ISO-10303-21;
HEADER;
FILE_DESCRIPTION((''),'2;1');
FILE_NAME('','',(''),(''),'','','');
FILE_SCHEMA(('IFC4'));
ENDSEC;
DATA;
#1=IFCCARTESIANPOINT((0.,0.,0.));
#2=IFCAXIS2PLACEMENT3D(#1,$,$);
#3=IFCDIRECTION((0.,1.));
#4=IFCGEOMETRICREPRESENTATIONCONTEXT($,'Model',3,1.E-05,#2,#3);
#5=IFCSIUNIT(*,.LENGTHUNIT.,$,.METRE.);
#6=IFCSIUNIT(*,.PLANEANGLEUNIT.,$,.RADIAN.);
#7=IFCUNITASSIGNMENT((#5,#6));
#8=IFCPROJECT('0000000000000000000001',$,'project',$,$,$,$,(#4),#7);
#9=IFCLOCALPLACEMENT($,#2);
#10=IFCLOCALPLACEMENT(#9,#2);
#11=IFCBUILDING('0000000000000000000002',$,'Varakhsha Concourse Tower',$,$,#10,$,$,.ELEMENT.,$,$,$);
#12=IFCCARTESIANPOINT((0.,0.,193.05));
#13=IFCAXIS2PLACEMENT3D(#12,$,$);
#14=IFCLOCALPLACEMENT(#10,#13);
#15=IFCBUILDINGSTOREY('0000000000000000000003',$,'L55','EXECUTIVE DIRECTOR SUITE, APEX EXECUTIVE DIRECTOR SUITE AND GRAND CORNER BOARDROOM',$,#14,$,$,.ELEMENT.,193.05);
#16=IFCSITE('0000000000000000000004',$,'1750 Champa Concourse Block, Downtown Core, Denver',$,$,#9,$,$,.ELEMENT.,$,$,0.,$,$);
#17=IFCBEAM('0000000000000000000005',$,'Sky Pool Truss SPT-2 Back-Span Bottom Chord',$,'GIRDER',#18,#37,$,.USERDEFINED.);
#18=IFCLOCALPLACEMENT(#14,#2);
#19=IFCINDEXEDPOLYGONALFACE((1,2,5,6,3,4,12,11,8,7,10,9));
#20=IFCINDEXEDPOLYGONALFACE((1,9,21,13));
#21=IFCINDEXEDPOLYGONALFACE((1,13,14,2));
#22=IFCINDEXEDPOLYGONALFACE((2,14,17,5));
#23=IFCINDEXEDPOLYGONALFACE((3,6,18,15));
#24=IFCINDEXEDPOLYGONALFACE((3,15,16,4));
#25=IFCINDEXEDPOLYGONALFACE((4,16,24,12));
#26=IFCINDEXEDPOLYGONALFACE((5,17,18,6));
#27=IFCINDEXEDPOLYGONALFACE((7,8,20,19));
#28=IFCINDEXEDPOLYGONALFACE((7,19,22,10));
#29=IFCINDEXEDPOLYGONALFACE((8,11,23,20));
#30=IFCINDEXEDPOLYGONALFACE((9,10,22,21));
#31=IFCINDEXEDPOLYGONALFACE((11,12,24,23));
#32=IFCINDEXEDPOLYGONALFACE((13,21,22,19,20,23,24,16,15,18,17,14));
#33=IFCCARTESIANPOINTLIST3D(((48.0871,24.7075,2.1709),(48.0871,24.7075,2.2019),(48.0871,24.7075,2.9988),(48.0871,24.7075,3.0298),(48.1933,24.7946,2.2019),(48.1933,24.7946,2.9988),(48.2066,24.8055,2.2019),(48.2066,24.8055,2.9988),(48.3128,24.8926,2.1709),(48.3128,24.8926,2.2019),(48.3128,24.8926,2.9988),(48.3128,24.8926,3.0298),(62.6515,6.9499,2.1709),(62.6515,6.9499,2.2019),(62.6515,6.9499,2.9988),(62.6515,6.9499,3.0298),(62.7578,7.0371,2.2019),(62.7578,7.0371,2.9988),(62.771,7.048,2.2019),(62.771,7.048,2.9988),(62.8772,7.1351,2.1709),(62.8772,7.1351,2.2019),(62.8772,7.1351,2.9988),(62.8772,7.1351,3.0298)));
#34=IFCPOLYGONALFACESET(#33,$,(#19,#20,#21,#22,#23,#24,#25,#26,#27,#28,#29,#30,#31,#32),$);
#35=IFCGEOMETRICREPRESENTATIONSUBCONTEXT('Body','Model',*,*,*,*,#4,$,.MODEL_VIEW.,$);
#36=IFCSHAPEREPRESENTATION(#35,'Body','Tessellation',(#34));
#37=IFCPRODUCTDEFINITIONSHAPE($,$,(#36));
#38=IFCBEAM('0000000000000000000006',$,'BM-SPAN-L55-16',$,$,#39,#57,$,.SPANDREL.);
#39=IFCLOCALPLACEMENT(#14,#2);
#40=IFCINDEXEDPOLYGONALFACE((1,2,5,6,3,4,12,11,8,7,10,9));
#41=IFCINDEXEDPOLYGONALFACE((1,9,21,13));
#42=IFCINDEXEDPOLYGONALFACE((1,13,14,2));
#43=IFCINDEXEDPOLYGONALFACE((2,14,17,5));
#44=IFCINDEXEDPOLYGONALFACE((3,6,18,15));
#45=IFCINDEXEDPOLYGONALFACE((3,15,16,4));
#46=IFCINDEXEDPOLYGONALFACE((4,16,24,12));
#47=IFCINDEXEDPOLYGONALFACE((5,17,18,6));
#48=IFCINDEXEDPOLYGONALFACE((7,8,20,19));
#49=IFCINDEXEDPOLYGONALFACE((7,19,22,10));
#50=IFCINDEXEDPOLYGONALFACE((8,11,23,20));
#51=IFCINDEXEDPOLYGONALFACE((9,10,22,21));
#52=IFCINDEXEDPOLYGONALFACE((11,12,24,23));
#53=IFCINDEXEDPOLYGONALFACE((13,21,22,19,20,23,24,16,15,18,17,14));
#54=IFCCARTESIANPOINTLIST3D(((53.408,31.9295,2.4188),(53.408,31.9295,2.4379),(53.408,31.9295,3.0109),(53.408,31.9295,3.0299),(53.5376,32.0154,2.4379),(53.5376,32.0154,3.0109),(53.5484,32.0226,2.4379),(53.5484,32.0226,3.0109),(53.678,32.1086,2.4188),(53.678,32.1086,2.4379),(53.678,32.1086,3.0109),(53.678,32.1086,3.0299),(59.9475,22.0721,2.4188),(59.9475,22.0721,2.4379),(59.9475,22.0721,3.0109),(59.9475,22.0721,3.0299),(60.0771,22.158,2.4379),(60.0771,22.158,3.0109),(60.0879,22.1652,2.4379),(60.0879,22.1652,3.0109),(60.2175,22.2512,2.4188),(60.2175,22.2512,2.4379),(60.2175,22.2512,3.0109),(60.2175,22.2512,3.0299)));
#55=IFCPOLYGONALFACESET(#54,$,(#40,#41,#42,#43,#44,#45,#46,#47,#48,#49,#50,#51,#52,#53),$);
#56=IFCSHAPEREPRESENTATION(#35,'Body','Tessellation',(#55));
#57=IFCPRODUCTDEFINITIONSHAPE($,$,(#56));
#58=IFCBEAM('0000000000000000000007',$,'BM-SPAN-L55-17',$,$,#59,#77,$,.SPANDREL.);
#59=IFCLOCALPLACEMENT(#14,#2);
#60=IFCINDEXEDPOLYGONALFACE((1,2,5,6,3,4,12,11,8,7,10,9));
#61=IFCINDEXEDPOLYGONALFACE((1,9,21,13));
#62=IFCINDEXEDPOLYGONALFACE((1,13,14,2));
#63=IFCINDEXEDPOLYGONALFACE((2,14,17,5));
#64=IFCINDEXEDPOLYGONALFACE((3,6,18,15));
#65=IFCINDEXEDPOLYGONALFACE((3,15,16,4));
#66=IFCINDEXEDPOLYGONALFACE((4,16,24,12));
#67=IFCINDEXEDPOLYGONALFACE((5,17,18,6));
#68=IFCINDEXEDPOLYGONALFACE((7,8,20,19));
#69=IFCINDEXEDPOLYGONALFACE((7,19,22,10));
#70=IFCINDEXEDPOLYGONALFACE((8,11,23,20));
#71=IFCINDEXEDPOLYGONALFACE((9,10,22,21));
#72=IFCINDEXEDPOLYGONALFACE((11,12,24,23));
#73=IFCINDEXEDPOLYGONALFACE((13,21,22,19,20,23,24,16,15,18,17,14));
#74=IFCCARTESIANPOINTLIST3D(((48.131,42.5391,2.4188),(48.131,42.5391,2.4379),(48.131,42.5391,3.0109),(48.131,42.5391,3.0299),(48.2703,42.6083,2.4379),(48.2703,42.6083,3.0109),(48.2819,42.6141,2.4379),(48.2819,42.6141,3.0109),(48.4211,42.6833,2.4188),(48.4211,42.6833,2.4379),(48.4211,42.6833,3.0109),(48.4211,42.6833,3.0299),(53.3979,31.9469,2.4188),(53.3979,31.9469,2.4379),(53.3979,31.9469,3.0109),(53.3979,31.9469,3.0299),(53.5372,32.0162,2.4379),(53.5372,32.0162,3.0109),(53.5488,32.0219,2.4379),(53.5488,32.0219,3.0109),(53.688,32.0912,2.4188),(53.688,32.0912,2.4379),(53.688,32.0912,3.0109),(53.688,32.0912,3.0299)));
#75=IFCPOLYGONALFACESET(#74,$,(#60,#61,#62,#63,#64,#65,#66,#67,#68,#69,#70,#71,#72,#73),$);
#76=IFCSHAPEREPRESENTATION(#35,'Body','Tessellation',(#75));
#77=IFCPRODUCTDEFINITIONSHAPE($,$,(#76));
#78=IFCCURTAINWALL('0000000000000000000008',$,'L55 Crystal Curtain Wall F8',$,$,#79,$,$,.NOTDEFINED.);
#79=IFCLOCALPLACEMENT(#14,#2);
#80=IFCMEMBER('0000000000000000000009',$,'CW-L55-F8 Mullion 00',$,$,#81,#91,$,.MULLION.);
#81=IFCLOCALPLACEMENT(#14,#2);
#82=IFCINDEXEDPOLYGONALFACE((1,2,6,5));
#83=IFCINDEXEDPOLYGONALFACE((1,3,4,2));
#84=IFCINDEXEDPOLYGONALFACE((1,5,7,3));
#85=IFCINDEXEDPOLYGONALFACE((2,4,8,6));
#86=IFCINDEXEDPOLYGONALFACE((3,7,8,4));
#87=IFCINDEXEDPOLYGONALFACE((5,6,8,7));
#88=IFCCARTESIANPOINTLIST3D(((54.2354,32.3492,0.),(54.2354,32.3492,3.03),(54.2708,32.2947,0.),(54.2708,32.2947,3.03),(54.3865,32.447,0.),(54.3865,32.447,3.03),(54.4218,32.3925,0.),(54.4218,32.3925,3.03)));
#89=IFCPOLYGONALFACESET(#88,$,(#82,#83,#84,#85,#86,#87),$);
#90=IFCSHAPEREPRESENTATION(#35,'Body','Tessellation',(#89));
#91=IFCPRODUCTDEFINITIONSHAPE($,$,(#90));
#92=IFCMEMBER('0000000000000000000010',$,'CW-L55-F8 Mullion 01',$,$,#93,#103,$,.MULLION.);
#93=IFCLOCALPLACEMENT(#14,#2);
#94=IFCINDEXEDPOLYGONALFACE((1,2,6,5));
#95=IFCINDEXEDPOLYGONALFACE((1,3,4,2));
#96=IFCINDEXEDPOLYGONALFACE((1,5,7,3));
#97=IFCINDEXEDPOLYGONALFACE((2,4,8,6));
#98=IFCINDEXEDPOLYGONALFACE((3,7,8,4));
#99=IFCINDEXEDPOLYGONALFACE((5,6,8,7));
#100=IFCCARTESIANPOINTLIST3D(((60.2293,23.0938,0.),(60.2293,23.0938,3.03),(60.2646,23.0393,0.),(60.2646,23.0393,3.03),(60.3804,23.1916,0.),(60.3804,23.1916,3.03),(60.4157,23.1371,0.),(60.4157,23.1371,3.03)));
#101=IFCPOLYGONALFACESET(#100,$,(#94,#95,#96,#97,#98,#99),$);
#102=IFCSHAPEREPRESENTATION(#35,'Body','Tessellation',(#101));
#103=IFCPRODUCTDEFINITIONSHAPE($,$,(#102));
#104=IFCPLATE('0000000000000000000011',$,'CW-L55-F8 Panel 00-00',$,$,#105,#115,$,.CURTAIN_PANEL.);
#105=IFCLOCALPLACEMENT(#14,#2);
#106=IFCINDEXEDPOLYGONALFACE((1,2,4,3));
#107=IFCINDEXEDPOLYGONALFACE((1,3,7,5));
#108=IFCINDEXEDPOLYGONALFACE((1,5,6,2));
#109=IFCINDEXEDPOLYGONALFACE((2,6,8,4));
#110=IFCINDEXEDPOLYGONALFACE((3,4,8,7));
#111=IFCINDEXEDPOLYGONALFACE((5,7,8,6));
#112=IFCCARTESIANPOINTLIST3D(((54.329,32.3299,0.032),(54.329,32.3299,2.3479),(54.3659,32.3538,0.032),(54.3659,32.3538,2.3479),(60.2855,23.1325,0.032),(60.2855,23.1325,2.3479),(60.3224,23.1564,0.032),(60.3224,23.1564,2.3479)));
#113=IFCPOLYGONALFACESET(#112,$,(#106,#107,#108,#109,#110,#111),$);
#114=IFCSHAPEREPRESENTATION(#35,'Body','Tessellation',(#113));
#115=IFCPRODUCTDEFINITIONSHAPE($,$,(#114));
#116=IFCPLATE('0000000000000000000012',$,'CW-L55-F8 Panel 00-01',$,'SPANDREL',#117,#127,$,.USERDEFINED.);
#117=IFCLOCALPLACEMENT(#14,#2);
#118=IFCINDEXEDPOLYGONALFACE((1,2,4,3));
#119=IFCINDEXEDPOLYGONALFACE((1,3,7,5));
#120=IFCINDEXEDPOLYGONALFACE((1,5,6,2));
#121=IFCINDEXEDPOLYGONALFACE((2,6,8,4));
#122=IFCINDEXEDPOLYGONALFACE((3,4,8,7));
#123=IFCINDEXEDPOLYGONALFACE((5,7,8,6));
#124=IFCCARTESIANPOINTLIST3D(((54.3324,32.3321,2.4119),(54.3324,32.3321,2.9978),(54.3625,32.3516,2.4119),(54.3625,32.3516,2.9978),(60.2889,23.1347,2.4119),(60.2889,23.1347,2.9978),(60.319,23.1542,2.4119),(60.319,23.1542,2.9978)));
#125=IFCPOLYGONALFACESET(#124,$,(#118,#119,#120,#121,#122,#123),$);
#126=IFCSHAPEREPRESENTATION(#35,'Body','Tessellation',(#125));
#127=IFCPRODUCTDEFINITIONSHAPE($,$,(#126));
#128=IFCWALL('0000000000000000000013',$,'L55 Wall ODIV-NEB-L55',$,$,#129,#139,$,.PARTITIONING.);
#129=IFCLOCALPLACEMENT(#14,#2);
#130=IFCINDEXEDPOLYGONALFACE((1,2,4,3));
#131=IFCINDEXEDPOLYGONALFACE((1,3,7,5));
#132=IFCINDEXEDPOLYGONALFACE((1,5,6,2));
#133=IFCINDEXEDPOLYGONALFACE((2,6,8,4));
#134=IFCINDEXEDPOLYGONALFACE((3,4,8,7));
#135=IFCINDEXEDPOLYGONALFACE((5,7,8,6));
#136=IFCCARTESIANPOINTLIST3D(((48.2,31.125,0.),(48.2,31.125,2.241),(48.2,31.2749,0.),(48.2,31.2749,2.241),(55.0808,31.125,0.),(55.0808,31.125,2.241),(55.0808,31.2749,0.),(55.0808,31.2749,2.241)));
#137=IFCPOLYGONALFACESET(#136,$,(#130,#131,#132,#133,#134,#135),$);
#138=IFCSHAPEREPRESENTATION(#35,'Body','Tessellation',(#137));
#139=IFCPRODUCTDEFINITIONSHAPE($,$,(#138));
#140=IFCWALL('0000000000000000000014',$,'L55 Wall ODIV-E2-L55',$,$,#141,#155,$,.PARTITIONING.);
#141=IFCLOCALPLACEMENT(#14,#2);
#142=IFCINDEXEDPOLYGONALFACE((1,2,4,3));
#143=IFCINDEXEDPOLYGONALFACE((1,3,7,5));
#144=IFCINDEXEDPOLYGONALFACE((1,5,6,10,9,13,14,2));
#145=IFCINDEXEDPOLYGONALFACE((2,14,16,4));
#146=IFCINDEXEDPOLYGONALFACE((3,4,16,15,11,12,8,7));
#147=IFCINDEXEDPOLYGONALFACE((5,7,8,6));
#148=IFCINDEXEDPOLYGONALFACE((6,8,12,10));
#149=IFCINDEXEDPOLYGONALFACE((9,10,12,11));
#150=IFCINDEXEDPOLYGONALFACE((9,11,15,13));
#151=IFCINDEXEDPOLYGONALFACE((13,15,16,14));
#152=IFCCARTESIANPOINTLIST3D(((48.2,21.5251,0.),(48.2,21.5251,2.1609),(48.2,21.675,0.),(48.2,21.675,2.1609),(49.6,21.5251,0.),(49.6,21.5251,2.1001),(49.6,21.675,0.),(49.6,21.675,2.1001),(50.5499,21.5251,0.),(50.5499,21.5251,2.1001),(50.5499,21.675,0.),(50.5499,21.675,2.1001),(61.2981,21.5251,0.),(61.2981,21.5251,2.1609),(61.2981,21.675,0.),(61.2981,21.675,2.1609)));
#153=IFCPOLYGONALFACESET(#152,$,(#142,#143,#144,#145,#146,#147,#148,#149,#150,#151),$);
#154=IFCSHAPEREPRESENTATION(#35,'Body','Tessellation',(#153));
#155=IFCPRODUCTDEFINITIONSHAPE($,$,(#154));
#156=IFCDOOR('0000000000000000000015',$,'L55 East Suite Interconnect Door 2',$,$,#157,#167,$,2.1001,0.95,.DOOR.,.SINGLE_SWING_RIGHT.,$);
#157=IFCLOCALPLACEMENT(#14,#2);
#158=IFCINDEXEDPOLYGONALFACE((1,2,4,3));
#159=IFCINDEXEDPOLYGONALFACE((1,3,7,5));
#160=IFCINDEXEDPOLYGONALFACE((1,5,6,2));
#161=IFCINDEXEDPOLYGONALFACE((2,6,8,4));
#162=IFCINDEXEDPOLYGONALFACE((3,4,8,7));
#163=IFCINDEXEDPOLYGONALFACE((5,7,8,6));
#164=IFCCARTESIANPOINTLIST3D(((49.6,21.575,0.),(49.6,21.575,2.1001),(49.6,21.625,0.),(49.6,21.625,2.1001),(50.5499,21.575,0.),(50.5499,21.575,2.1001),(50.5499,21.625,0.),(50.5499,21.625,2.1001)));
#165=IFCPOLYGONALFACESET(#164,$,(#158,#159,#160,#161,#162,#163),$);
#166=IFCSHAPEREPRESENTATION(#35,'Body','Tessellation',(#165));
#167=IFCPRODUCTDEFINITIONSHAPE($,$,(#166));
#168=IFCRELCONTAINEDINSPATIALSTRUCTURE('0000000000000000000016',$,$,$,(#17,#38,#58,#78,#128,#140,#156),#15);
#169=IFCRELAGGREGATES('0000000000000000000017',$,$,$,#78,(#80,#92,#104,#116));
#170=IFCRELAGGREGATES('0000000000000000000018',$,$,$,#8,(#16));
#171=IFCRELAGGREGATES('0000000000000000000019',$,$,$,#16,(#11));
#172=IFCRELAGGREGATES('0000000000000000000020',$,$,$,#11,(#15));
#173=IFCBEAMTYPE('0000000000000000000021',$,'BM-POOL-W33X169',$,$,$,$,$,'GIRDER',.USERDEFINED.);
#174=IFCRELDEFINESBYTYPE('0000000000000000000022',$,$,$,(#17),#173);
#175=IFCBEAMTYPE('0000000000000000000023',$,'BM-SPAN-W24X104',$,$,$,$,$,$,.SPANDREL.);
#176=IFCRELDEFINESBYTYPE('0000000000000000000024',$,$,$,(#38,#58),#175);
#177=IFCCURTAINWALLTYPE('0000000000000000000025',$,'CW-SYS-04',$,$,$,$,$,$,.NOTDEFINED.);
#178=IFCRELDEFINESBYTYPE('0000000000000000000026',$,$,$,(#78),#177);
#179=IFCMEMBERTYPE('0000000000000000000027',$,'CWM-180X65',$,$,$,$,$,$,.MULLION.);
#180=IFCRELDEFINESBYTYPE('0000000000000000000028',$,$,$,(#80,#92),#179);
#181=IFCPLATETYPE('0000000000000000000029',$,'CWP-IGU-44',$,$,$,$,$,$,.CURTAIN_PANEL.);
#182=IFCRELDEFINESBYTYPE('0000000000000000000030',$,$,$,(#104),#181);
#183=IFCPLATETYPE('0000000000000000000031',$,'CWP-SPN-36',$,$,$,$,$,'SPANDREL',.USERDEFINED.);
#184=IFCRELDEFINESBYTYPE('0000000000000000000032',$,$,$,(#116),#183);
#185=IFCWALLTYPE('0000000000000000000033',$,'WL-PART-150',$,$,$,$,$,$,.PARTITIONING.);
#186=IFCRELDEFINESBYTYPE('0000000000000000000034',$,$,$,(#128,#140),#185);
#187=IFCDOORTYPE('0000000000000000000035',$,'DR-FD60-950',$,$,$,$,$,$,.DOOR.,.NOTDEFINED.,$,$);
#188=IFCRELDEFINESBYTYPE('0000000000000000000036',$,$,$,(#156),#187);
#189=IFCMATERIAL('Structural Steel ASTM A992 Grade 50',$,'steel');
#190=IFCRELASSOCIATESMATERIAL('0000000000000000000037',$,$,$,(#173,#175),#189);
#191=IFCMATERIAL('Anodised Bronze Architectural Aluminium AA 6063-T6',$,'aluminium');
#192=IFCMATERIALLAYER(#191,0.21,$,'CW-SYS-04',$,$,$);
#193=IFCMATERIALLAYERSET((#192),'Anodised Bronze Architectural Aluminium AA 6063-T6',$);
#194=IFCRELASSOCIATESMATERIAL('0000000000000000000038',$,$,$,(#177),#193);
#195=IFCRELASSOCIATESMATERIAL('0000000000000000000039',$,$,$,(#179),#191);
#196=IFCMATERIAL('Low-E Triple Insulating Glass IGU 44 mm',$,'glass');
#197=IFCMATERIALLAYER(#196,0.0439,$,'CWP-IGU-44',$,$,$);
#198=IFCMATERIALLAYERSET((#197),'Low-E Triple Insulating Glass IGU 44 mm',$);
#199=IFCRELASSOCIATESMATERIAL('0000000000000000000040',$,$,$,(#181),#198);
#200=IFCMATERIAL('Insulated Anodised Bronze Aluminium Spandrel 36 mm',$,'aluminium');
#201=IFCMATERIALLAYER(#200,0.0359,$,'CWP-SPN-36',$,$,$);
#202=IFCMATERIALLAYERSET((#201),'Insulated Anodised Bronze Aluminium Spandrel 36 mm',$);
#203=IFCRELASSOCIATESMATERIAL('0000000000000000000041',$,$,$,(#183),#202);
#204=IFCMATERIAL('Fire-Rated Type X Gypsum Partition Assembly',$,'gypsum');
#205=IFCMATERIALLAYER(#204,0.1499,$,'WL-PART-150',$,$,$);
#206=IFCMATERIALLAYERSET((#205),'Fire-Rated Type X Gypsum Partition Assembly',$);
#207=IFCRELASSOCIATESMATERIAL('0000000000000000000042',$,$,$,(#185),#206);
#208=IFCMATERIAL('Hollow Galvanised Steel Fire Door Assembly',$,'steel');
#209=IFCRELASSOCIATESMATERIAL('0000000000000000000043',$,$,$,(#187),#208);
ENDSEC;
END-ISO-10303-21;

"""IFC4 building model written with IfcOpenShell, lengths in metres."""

from ifc_helpers import new_model, si_unit, direction, frame, frame_2d, origin, origin_2d, place, context, subcontext, project, spatial, rectangle, i_section, extrude, source, transform, mapped, material, layer, layer_set, material_profile, profile_set, type_object, type_shapes, element, fill, aggregate, save


model = new_model("IFC4")

# Units and contexts
model_context = context("Model", 3, precision=1e-05, world=origin(), true_north=direction((0.0, 1.0)))
body_context = subcontext(model_context, "Body", "Model", "MODEL_VIEW")
ifc_project = project(units=[si_unit("LENGTHUNIT", "METRE"), si_unit("PLANEANGLEUNIT", "RADIAN")], contexts=[model_context])

# Site, building, storey
site_placement = place(None, origin())
site = spatial("IfcSite", under=ifc_project, at=site_placement, Name="1750 Champa Concourse Block, Downtown Core, Denver", CompositionType="ELEMENT", RefElevation=0.0)
building_placement = place(site_placement, origin())
building = spatial("IfcBuilding", under=site, at=building_placement, Name="Varakhsha Concourse Tower", CompositionType="ELEMENT")
storey_placement = place(building_placement, frame((0.0, 0.0, 193.05)))
storey = spatial("IfcBuildingStorey", under=building, at=storey_placement, Name="L55", Description="EXECUTIVE DIRECTOR SUITE, APEX EXECUTIVE DIRECTOR SUITE AND GRAND CORNER BOARDROOM", CompositionType="ELEMENT", Elevation=193.05)

# Shared definitions
ifc_material_1 = material(Name="Structural Steel ASTM A992 Grade 50", Category="steel")

# Beams
ifc_material_profile_1 = material_profile(ifc_material_1, i_section(OverallWidth=0.292, OverallDepth=0.8589, WebThickness=0.0171, FlangeThickness=0.031, at=origin_2d()), Name="W33X169")
ifc_profile_set_1 = profile_set([ifc_material_profile_1], Name="Structural Steel ASTM A992 Grade 50")
beam_type_1 = type_object("IfcBeamType", Name="BM-POOL-W33X169", ElementType="GIRDER", PredefinedType="USERDEFINED", material=ifc_profile_set_1)
beam_1_placement = place(storey_placement, frame((48.2, 24.8, 2.6003), z_axis=(0.634164, -0.773198, 0.0), x_axis=(0.773198, 0.634164, 0.0)))
element("IfcBeam", 1, at=beam_1_placement, inside=storey, type_object=beam_type_1, Name="Sky Pool Truss SPT-2 Back-Span Bottom Chord", ObjectType="GIRDER", PredefinedType="USERDEFINED", context=body_context, shape_type="SweptSolid", body=[
    extrude(i_section(OverallWidth=0.292, OverallDepth=0.8589, WebThickness=0.0171, FlangeThickness=0.031, at=origin_2d()), origin(), (0.0, 0.0, 1.0), 22.9663),
])
ifc_material_profile_2 = material_profile(ifc_material_1, i_section(OverallWidth=0.324, OverallDepth=0.6111, WebThickness=0.0129, FlangeThickness=0.019, at=origin_2d()), Name="W24X104")
ifc_profile_set_2 = profile_set([ifc_material_profile_2], Name="Structural Steel ASTM A992 Grade 50")
beam_type_2 = type_object("IfcBeamType", Name="BM-SPAN-W24X104", PredefinedType="SPANDREL", material=ifc_profile_set_2)
for number, where, z_axis, x_axis, name in (
    (2, (60.0825, 22.1616, 2.7244), (-0.552822, 0.833299, 0.0), (-0.833299, -0.552822, 0.0), "BM-SPAN-L55-16"),
    (3, (53.543, 32.019, 2.7244), (-0.445239, 0.895412, 0.0), (-0.895412, -0.445239, 0.0), "BM-SPAN-L55-17"),
):
    element("IfcBeam", number, at=place(storey_placement, frame(where, z_axis=z_axis, x_axis=x_axis)), inside=storey, type_object=beam_type_2, Name=name, PredefinedType="SPANDREL", context=body_context, shape_type="SweptSolid", body=[
        extrude(i_section(OverallWidth=0.324, OverallDepth=0.6111, WebThickness=0.0129, FlangeThickness=0.019, at=origin_2d()), origin(), (0.0, 0.0, 1.0), 11.8293),
    ])

# Curtain wall, members, plates
ifc_material_2 = material(Name="Anodised Bronze Architectural Aluminium AA 6063-T6", Category="aluminium")
ifc_layer_1 = layer(ifc_material_2, 0.21, Name="CW-SYS-04")
ifc_layer_set_1 = layer_set([ifc_layer_1], Name="Anodised Bronze Architectural Aluminium AA 6063-T6")
curtain_wall_type = type_object("IfcCurtainWallType", Name="CW-SYS-04", PredefinedType="NOTDEFINED", material=ifc_layer_set_1)
curtain_wall_placement = place(storey_placement, origin())
curtain_wall = element("IfcCurtainWall", 4, at=curtain_wall_placement, inside=storey, type_object=curtain_wall_type, Name="L55 Crystal Curtain Wall F8", PredefinedType="NOTDEFINED")
ifc_material_profile_3 = material_profile(ifc_material_2, rectangle(XDim=0.0649, YDim=0.1799, at=origin_2d()), Name="CWM-180X65")
ifc_profile_set_3 = profile_set([ifc_material_profile_3], Name="Anodised Bronze Architectural Aluminium AA 6063-T6")
member_type = type_object("IfcMemberType", Name="CWM-180X65", PredefinedType="MULLION", material=ifc_profile_set_3)
shared_shape_1 = source(origin(), body_context, "Body", "SweptSolid", [
    extrude(rectangle(XDim=0.0649, YDim=0.1799, at=origin_2d()), origin(), (0.0, 0.0, 1.0), 3.03),
])
type_shapes(member_type, [shared_shape_1])
member_1_placement = place(storey_placement, frame((54.3286, 32.3708, 0.0), z_axis=(0.0, 0.0, 1.0), x_axis=(0.543588, -0.839352, 0.0)))
member_1 = element("IfcMember", 5, at=member_1_placement, type_object=member_type, Name="CW-L55-F8 Mullion 00", PredefinedType="MULLION", context=body_context, shape_type="MappedRepresentation", body=[
    mapped(shared_shape_1, transform((0.0, 0.0, 0.0), scale=1.0)),
])
member_2_placement = place(storey_placement, frame((60.3225, 23.1155, 0.0), z_axis=(0.0, 0.0, 1.0), x_axis=(0.543588, -0.839352, 0.0)))
member_2 = element("IfcMember", 6, at=member_2_placement, type_object=member_type, Name="CW-L55-F8 Mullion 01", PredefinedType="MULLION", context=body_context, shape_type="MappedRepresentation", body=[
    mapped(shared_shape_1, transform((0.0, 0.0, 0.0), scale=1.0)),
])
ifc_material_3 = material(Name="Low-E Triple Insulating Glass IGU 44 mm", Category="glass")
ifc_layer_2 = layer(ifc_material_3, 0.0439, Name="CWP-IGU-44")
ifc_layer_set_2 = layer_set([ifc_layer_2], Name="Low-E Triple Insulating Glass IGU 44 mm")
plate_type_1 = type_object("IfcPlateType", Name="CWP-IGU-44", PredefinedType="CURTAIN_PANEL", material=ifc_layer_set_2)
shared_shape_2 = source(origin(), body_context, "Body", "SweptSolid", [
    extrude(rectangle(XDim=10.9578, YDim=0.0439, at=origin_2d()), origin(), (0.0, 0.0, 1.0), 2.3159),
])
type_shapes(plate_type_1, [shared_shape_2])
plate_1_placement = place(storey_placement, frame((57.3257, 27.7432, 0.032), z_axis=(0.0, 0.0, 1.0), x_axis=(0.543588, -0.839352, 0.0)))
plate_1 = element("IfcPlate", 7, at=plate_1_placement, type_object=plate_type_1, Name="CW-L55-F8 Panel 00-00", PredefinedType="CURTAIN_PANEL", context=body_context, shape_type="MappedRepresentation", body=[
    mapped(shared_shape_2, transform((0.0, 0.0, 0.0), scale=1.0)),
])
ifc_material_4 = material(Name="Insulated Anodised Bronze Aluminium Spandrel 36 mm", Category="aluminium")
ifc_layer_3 = layer(ifc_material_4, 0.0359, Name="CWP-SPN-36")
ifc_layer_set_3 = layer_set([ifc_layer_3], Name="Insulated Anodised Bronze Aluminium Spandrel 36 mm")
plate_type_2 = type_object("IfcPlateType", Name="CWP-SPN-36", ElementType="SPANDREL", PredefinedType="USERDEFINED", material=ifc_layer_set_3)
shared_shape_3 = source(origin(), body_context, "Body", "SweptSolid", [
    extrude(rectangle(XDim=10.9578, YDim=0.0359, at=origin_2d()), origin(), (0.0, 0.0, 1.0), 0.5859),
])
type_shapes(plate_type_2, [shared_shape_3])
plate_2_placement = place(storey_placement, frame((57.3257, 27.7432, 2.4119), z_axis=(0.0, 0.0, 1.0), x_axis=(0.543588, -0.839352, 0.0)))
plate_2 = element("IfcPlate", 8, at=plate_2_placement, type_object=plate_type_2, Name="CW-L55-F8 Panel 00-01", ObjectType="SPANDREL", PredefinedType="USERDEFINED", context=body_context, shape_type="MappedRepresentation", body=[
    mapped(shared_shape_3, transform((0.0, 0.0, 0.0), scale=1.0)),
])
aggregate(curtain_wall, [member_1, member_2, plate_1, plate_2])

# Wall
ifc_material_5 = material(Name="Fire-Rated Type X Gypsum Partition Assembly", Category="gypsum")
ifc_layer_4 = layer(ifc_material_5, 0.1499, Name="WL-PART-150")
ifc_layer_set_4 = layer_set([ifc_layer_4], Name="Fire-Rated Type X Gypsum Partition Assembly")
wall_type_1 = type_object("IfcWallType", Name="WL-PART-150", PredefinedType="PARTITIONING", material=ifc_layer_set_4)
wall_1_placement = place(storey_placement, frame((48.2, 31.2, 0.0), z_axis=(0.0, 0.0, 1.0), x_axis=(1.0, 0.0, 0.0)))
element("IfcWall", 9, at=wall_1_placement, inside=storey, type_object=wall_type_1, Name="L55 Wall ODIV-NEB-L55", PredefinedType="PARTITIONING", context=body_context, shape_type="SweptSolid", body=[
    extrude(rectangle(XDim=6.8809, YDim=0.1499, at=frame_2d((3.4404, 0.0))), origin(), (0.0, 0.0, 1.0), 2.241),
])

# Wall, opening, door
wall_2_placement = place(storey_placement, frame((48.2, 21.6001, 0.0), z_axis=(0.0, 0.0, 1.0), x_axis=(1.0, 0.0, 0.0)))
wall_2 = element("IfcWall", 10, at=wall_2_placement, inside=storey, type_object=wall_type_1, Name="L55 Wall ODIV-E2-L55", PredefinedType="PARTITIONING", context=body_context, shape_type="SweptSolid", body=[
    extrude(rectangle(XDim=13.0981, YDim=0.1499, at=frame_2d((6.5491, 0.0))), origin(), (0.0, 0.0, 1.0), 2.1609),
])
opening_1_placement = place(wall_2_placement, frame((1.3999, 0.0, 0.0)))
opening_1 = element("IfcOpeningElement", 11, at=opening_1_placement, cuts=wall_2, PredefinedType="OPENING", context=body_context, shape_type="SweptSolid", body=[
    extrude(rectangle(XDim=0.95, YDim=2.1001, at=frame_2d((0.4751, 1.05))), frame((0.0, 0.085, 0.0), z_axis=(0.0, -1.0, 0.0), x_axis=(1.0, 0.0, 0.0)), (0.0, 0.0, 1.0), 0.1699),
])
ifc_material_6 = material(Name="Hollow Galvanised Steel Fire Door Assembly", Category="steel")
door_type = type_object("IfcDoorType", Name="DR-FD60-950", OperationType="NOTDEFINED", PredefinedType="DOOR", material=ifc_material_6)
door_1_placement = place(opening_1_placement, origin())
door_1 = element("IfcDoor", 12, at=door_1_placement, inside=storey, type_object=door_type, Name="L55 East Suite Interconnect Door 2", OperationType="SINGLE_SWING_RIGHT", OverallHeight=2.1001, OverallWidth=0.95, PredefinedType="DOOR", context=body_context, shape_type="SweptSolid", body=[
    extrude(rectangle(XDim=0.95, YDim=2.1001, at=frame_2d((0.4751, 1.05))), frame((0.0, 0.0249, 0.0), z_axis=(0.0, -1.0, 0.0), x_axis=(1.0, 0.0, 0.0)), (0.0, 0.0, 1.0), 0.05),
])
fill(opening_1, door_1)

save(model, "model.ifc")
